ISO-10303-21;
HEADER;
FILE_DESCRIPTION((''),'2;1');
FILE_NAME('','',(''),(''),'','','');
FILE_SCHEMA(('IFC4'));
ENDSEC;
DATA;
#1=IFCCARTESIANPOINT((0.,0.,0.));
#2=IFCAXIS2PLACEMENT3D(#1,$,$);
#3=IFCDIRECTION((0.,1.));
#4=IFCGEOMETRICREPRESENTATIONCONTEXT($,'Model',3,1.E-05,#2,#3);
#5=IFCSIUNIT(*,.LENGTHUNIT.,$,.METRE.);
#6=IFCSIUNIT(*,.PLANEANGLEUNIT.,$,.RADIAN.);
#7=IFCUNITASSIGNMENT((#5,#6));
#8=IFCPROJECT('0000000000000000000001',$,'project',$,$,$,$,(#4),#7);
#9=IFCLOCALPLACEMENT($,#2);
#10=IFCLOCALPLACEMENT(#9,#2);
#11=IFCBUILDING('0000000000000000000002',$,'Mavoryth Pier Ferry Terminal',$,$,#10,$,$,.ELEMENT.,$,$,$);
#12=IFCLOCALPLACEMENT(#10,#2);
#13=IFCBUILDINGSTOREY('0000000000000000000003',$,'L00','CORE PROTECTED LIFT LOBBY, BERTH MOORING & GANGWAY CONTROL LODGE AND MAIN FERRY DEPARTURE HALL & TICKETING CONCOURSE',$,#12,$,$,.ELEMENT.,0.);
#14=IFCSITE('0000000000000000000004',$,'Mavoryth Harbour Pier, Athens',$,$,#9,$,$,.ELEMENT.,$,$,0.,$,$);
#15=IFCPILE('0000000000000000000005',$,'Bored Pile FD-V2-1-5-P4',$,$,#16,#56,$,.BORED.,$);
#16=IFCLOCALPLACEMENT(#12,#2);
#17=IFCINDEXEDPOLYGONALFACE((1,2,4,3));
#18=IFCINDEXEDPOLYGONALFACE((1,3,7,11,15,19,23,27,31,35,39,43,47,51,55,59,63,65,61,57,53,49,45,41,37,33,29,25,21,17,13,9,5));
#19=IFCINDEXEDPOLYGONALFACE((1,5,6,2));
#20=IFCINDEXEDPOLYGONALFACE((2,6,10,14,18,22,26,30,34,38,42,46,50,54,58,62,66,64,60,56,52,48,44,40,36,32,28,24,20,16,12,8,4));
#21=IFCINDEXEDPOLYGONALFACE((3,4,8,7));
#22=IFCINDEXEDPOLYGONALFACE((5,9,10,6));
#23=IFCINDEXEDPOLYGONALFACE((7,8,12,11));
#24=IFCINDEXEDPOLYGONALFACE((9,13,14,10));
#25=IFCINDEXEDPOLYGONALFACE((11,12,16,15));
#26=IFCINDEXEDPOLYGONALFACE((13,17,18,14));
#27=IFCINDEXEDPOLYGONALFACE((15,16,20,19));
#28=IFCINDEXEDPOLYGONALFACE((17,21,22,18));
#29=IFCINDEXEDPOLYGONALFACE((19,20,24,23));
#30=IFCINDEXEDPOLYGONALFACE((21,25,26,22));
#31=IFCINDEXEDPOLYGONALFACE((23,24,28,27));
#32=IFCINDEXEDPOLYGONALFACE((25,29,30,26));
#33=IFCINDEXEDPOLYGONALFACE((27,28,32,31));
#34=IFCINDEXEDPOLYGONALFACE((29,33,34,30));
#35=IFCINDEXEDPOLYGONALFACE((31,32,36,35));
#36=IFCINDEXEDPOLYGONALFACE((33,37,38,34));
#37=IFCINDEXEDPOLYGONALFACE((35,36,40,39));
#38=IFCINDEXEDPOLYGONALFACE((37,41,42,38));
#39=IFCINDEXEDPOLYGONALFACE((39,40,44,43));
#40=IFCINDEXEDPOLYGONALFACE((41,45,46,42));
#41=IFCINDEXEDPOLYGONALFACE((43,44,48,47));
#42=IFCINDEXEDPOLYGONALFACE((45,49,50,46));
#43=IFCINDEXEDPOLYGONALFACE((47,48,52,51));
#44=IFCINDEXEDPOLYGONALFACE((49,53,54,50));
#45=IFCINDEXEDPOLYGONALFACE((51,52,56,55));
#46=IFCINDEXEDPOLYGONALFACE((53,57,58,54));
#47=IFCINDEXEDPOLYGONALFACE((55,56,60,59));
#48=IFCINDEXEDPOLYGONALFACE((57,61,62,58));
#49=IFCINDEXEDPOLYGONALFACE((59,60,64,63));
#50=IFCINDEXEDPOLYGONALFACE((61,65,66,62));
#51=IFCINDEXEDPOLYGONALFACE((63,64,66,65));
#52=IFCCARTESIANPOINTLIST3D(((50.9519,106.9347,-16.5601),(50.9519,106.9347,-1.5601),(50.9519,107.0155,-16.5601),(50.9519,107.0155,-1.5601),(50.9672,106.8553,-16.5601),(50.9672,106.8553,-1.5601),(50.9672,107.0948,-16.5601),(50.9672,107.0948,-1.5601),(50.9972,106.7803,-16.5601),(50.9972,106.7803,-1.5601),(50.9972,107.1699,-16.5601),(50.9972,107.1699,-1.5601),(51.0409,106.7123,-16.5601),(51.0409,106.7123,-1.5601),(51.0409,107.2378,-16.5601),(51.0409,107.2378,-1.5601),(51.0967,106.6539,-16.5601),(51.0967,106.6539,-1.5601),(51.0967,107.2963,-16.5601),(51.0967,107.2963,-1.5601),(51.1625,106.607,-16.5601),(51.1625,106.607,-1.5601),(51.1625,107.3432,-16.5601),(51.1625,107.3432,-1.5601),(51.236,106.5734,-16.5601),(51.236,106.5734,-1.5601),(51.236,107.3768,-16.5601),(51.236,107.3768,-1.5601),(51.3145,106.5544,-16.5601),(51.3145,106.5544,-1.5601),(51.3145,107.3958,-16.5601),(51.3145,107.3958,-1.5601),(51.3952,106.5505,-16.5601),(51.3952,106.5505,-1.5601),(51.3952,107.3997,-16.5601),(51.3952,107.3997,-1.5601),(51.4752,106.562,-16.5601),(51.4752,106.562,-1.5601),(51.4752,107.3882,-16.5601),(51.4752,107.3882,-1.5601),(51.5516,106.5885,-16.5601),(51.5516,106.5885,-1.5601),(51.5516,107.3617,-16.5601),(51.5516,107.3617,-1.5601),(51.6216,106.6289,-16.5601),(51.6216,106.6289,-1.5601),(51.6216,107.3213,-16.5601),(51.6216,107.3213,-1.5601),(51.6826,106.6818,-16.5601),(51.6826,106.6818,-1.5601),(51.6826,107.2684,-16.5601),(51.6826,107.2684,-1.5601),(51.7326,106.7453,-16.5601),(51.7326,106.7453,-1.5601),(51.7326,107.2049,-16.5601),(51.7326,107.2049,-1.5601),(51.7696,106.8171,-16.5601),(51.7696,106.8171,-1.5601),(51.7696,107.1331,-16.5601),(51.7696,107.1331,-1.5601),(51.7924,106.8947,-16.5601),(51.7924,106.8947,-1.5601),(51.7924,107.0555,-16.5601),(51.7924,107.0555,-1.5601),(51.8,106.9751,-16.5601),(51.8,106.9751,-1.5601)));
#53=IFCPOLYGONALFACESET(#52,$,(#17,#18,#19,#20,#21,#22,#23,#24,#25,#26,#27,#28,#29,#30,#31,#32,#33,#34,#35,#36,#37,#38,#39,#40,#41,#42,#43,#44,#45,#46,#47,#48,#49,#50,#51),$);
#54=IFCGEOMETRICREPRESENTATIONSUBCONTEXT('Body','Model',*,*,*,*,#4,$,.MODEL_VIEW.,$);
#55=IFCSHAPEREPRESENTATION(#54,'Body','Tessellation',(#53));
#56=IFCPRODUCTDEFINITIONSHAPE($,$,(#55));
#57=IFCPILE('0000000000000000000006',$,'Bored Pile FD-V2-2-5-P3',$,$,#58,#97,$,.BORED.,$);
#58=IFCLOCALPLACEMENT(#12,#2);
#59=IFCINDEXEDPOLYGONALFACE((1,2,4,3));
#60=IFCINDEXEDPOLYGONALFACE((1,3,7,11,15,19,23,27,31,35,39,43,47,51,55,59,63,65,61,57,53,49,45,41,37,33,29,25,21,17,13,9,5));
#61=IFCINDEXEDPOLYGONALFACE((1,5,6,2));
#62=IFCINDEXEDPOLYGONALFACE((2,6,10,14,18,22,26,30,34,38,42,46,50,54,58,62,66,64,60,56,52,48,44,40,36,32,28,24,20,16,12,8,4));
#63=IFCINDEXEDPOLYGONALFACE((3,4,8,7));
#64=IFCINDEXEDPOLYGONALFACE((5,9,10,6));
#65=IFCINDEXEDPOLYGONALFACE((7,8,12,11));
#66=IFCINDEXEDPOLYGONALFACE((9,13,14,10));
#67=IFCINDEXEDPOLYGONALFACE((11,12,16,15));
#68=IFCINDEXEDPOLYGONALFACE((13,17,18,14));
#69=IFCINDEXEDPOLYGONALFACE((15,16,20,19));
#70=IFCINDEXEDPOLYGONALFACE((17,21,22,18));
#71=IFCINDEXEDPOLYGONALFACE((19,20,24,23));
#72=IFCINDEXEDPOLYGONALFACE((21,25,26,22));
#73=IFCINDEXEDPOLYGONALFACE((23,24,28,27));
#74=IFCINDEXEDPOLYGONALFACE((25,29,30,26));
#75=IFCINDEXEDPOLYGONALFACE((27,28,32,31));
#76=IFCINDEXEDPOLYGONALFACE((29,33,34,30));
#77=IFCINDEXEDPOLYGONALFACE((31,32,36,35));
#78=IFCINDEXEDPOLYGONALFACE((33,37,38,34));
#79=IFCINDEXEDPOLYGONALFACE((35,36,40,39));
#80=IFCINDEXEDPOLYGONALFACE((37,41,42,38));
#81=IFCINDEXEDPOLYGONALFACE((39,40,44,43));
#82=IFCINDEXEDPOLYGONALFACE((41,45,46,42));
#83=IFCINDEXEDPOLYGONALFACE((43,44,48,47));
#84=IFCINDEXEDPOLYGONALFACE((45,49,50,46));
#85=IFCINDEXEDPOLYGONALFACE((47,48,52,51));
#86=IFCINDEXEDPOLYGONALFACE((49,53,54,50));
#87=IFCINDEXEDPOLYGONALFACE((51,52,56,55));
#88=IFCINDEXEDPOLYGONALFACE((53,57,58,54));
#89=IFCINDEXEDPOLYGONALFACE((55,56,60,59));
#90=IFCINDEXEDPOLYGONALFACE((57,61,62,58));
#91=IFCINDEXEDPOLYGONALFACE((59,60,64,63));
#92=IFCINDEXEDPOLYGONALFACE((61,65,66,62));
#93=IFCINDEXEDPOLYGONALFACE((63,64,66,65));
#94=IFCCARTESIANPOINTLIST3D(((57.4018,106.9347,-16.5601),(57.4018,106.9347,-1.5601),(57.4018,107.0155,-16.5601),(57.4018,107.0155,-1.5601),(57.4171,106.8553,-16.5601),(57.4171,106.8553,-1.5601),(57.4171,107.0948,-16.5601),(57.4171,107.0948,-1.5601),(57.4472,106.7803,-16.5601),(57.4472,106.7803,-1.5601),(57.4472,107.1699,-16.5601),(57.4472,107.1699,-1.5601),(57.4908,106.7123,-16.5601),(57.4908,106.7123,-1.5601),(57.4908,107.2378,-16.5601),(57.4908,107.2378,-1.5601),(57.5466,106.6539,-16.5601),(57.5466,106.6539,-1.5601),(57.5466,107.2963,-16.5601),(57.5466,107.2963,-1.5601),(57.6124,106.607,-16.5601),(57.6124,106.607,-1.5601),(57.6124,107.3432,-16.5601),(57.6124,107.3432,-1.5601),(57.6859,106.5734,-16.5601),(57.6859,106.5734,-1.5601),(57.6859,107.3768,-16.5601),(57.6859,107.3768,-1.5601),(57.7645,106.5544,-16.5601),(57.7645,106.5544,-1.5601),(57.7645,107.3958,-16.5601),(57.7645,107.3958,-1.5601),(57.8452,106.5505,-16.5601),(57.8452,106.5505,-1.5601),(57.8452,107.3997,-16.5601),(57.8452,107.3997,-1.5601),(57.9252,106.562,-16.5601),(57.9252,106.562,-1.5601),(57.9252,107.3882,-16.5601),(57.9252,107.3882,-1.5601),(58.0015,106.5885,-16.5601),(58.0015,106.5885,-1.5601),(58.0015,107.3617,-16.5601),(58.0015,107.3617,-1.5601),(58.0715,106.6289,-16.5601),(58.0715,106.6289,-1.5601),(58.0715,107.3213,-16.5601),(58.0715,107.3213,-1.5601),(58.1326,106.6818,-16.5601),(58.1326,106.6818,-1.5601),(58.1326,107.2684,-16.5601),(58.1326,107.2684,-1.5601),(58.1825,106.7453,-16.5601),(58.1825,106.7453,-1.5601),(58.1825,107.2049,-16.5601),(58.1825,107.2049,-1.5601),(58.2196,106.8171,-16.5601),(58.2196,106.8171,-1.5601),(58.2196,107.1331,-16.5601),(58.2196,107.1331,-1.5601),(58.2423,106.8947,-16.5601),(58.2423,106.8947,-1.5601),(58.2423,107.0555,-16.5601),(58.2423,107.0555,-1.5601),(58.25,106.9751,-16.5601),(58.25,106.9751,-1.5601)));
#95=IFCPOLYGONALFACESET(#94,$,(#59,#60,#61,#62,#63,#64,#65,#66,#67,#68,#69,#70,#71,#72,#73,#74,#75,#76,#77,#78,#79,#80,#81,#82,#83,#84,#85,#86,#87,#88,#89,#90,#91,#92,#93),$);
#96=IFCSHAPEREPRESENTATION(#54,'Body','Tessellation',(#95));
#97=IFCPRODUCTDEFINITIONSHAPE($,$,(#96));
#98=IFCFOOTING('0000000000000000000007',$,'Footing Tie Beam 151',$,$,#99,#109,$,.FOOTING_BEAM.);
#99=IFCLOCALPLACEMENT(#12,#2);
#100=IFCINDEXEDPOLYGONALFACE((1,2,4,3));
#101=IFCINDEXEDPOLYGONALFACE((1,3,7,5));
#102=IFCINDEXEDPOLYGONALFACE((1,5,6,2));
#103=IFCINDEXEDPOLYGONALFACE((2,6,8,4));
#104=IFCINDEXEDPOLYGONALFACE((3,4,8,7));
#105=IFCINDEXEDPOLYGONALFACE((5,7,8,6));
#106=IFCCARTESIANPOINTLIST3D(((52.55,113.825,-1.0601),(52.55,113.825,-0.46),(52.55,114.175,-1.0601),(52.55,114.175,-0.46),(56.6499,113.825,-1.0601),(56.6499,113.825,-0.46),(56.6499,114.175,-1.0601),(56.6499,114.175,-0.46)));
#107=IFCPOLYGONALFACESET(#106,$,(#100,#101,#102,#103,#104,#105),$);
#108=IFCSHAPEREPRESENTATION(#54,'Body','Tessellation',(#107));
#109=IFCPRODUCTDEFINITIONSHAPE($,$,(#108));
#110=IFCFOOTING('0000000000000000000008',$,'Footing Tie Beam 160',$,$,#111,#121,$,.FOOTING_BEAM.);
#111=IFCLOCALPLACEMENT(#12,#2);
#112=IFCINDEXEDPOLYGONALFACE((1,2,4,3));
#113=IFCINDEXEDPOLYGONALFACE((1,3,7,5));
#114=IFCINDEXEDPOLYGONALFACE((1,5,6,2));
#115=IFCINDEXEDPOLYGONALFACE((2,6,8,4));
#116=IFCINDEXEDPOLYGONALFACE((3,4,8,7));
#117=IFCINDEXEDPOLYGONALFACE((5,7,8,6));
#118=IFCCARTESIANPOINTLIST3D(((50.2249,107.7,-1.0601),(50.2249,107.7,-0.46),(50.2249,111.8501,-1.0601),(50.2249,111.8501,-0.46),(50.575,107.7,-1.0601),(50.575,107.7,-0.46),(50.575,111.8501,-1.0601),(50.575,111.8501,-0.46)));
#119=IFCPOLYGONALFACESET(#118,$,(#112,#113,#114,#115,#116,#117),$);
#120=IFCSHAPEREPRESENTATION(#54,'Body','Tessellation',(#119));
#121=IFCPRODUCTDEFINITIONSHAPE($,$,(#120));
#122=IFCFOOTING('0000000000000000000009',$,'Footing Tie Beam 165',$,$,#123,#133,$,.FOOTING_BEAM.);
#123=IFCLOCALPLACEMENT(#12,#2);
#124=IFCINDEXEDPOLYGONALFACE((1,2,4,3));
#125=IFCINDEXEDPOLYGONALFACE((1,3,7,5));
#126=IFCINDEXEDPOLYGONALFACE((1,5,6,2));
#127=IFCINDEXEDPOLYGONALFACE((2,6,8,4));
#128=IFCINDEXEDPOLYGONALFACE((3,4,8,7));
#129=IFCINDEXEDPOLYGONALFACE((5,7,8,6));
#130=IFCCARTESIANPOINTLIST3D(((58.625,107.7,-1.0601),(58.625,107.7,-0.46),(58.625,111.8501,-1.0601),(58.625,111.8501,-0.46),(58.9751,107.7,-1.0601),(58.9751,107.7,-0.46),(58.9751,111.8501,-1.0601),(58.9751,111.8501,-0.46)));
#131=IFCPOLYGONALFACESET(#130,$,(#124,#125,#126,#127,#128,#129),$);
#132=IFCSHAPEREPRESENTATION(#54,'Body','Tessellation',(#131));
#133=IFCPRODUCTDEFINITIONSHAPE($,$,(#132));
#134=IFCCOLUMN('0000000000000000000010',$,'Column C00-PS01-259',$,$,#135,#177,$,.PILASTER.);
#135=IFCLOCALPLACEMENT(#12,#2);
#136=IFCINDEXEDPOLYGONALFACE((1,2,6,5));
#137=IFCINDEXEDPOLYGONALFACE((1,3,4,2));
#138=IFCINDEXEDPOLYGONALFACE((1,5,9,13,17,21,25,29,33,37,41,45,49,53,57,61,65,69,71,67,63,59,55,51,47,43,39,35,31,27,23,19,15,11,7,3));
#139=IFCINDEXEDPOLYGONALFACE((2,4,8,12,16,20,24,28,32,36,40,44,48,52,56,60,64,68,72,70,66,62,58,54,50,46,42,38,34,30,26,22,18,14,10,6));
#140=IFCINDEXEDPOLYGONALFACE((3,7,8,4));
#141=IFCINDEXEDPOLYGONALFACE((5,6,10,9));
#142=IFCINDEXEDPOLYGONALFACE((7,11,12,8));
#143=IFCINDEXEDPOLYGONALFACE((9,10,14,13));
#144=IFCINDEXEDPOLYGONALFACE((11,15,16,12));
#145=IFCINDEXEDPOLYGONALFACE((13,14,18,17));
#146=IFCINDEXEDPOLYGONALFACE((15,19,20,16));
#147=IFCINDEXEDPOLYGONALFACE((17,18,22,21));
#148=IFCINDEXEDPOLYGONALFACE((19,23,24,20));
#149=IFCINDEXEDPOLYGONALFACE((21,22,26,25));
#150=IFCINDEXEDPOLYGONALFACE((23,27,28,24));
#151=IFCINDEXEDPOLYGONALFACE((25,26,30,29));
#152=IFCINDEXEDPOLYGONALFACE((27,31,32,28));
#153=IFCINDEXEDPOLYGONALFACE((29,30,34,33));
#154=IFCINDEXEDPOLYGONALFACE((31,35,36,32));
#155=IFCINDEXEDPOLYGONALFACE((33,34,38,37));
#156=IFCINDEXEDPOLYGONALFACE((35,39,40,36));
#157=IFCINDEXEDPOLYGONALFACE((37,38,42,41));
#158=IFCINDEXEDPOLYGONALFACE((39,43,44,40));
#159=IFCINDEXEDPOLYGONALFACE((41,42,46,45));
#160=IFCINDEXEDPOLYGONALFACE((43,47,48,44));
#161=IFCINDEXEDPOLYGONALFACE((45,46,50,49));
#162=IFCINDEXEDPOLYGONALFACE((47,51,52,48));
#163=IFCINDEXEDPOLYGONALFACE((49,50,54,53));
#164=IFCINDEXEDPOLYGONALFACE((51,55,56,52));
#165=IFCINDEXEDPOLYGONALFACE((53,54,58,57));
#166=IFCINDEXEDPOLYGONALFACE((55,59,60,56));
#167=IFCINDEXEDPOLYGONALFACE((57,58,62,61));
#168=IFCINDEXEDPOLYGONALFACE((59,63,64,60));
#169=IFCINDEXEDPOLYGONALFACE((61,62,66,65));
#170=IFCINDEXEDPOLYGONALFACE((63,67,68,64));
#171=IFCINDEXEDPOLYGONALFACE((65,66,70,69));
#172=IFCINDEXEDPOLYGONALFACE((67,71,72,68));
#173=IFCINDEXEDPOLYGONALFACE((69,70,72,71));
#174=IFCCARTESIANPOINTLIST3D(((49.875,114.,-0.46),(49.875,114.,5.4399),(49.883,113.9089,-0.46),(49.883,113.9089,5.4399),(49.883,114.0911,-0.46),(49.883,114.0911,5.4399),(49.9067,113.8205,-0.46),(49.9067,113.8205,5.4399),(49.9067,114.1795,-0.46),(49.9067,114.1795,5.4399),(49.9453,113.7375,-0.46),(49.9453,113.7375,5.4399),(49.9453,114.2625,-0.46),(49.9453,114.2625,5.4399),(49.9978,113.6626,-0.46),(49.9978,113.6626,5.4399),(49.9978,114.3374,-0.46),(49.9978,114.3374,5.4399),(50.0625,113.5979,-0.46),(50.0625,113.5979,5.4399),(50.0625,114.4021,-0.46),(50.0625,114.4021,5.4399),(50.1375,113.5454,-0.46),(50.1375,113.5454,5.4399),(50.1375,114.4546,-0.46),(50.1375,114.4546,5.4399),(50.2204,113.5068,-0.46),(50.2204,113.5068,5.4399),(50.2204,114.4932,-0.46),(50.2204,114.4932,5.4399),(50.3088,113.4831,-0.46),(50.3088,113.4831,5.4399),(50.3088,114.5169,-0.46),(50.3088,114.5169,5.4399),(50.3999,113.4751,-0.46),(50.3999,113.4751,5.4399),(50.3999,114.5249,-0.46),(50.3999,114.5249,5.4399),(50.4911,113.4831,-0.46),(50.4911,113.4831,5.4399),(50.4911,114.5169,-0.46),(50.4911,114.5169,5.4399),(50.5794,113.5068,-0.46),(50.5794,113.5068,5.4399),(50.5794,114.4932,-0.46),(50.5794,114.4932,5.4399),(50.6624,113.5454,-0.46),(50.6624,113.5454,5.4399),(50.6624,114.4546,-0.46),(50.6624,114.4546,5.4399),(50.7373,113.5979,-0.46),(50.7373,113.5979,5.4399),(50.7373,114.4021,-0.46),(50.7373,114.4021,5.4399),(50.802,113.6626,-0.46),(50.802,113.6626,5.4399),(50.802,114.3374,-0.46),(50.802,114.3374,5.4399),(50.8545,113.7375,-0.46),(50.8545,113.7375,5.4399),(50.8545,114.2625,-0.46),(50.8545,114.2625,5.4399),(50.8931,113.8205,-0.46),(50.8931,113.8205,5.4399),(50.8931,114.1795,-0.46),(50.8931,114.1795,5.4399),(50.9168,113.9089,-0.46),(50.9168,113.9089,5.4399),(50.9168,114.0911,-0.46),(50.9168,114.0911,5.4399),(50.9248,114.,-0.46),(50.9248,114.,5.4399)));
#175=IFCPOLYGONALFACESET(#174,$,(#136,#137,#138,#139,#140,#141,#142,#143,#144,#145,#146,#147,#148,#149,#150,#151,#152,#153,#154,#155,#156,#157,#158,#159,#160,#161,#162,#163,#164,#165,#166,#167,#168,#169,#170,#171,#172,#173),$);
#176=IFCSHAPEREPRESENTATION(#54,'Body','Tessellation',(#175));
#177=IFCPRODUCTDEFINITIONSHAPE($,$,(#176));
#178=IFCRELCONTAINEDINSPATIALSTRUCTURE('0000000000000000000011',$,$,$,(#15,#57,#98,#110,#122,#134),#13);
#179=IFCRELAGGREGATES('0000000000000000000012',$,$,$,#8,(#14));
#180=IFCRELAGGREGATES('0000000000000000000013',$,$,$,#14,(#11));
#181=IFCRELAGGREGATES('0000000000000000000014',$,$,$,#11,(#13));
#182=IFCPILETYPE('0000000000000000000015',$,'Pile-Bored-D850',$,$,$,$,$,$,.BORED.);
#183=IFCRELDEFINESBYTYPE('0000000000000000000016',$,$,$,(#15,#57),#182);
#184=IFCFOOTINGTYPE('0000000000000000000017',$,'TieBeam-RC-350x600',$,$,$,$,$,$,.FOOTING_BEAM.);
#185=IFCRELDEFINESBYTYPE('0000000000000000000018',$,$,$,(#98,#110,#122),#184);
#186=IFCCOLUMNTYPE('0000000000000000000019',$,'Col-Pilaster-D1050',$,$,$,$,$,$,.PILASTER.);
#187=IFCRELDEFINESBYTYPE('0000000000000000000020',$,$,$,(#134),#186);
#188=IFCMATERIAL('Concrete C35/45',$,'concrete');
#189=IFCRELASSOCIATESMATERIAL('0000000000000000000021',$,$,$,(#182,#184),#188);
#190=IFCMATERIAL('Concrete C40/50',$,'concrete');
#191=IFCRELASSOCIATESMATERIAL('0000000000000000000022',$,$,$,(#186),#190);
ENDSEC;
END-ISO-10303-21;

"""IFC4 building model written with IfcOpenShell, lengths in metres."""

from ifc_helpers import new_model, si_unit, direction, frame, origin, origin_2d, place, context, subcontext, project, spatial, rectangle, circle, extrude, material, material_profile, profile_set, type_object, element, save


model = new_model("IFC4")

# Units and contexts
model_context = context("Model", 3, precision=1e-05, world=origin(), true_north=direction((0.0, 1.0)))
body_context = subcontext(model_context, "Body", "Model", "MODEL_VIEW")
ifc_project = project(units=[si_unit("LENGTHUNIT", "METRE"), si_unit("PLANEANGLEUNIT", "RADIAN")], contexts=[model_context])

# Site, building, storey
site_placement = place(None, origin())
site = spatial("IfcSite", under=ifc_project, at=site_placement, Name="Mavoryth Harbour Pier, Athens", CompositionType="ELEMENT", RefElevation=0.0)
building_placement = place(site_placement, origin())
building = spatial("IfcBuilding", under=site, at=building_placement, Name="Mavoryth Pier Ferry Terminal", CompositionType="ELEMENT")
storey_placement = place(building_placement, origin())
storey = spatial("IfcBuildingStorey", under=building, at=storey_placement, Name="L00", Description="CORE PROTECTED LIFT LOBBY, BERTH MOORING & GANGWAY CONTROL LODGE AND MAIN FERRY DEPARTURE HALL & TICKETING CONCOURSE", CompositionType="ELEMENT", Elevation=0.0)

# Shared definitions
ifc_material_1 = material(Name="Concrete C35/45", Category="concrete")

# Piles
ifc_material_profile_1 = material_profile(ifc_material_1, circle(Radius=0.425, at=origin_2d()), Name="PILE D850", Category="concrete")
ifc_profile_set_1 = profile_set([ifc_material_profile_1], Name="Concrete C35/45 - PILE D850")
pile_type_1 = type_object("IfcPileType", Name="Pile-Bored-D850", PredefinedType="BORED", material=ifc_profile_set_1)
for number, where, z_axis, x_axis, name in (
    (1, (51.375, 106.9751, -1.5601), (0.0, 0.0, -1.0), (1.0, 0.0, 0.0), "Bored Pile FD-V2-1-5-P4"),
    (2, (57.825, 106.9751, -1.5601), (0.0, 0.0, -1.0), (1.0, 0.0, 0.0), "Bored Pile FD-V2-2-5-P3"),
):
    element("IfcPile", number, at=place(storey_placement, frame(where, z_axis=z_axis, x_axis=x_axis)), inside=storey, type_object=pile_type_1, Name=name, PredefinedType="BORED", context=body_context, shape_type="SweptSolid", body=[
        extrude(circle(Radius=0.425, at=origin_2d()), origin(), (0.0, 0.0, 1.0), 15.0),
    ])

# Footings
ifc_material_profile_2 = material_profile(ifc_material_1, rectangle(XDim=0.3501, YDim=0.6001, at=origin_2d()), Name="RC 350x600", Category="concrete")
ifc_profile_set_2 = profile_set([ifc_material_profile_2], Name="Concrete C35/45 - RC 350x600")
footing_type_1 = type_object("IfcFootingType", Name="TieBeam-RC-350x600", PredefinedType="FOOTING_BEAM", material=ifc_profile_set_2)
footing_1_placement = place(storey_placement, frame((52.55, 114.0, -0.76), z_axis=(1.0, 0.0, 0.0), x_axis=(0.0, 1.0, 0.0)))
element("IfcFooting", 3, at=footing_1_placement, inside=storey, type_object=footing_type_1, Name="Footing Tie Beam 151", PredefinedType="FOOTING_BEAM", context=body_context, shape_type="SweptSolid", body=[
    extrude(rectangle(XDim=0.3501, YDim=0.6001, at=origin_2d()), origin(), (0.0, 0.0, 1.0), 4.0999),
])
for number, where, z_axis, x_axis, name in (
    (4, (50.3999, 107.7, -0.76), (0.0, 1.0, 0.0), (-1.0, 0.0, 0.0), "Footing Tie Beam 160"),
    (5, (58.8, 107.7, -0.76), (0.0, 1.0, 0.0), (-1.0, 0.0, 0.0), "Footing Tie Beam 165"),
):
    element("IfcFooting", number, at=place(storey_placement, frame(where, z_axis=z_axis, x_axis=x_axis)), inside=storey, type_object=footing_type_1, Name=name, PredefinedType="FOOTING_BEAM", context=body_context, shape_type="SweptSolid", body=[
        extrude(rectangle(XDim=0.3501, YDim=0.6001, at=origin_2d()), origin(), (0.0, 0.0, 1.0), 4.1501),
    ])

# Column
ifc_material_2 = material(Name="Concrete C40/50", Category="concrete")
ifc_material_profile_3 = material_profile(ifc_material_2, circle(Radius=0.5249, at=origin_2d()), Name="RC D1050", Category="concrete")
ifc_profile_set_3 = profile_set([ifc_material_profile_3], Name="Concrete C40/50 - RC D1050")
column_type_1 = type_object("IfcColumnType", Name="Col-Pilaster-D1050", PredefinedType="PILASTER", material=ifc_profile_set_3)
for number, where, z_axis, x_axis, name in (
    (6, (50.3999, 114.0, -0.46), (0.0, 0.0, 1.0), (1.0, 0.0, 0.0), "Column C00-PS01-259"),
):
    element("IfcColumn", number, at=place(storey_placement, frame(where, z_axis=z_axis, x_axis=x_axis)), inside=storey, type_object=column_type_1, Name=name, PredefinedType="PILASTER", context=body_context, shape_type="SweptSolid", body=[
        extrude(circle(Radius=0.5249, at=origin_2d()), origin(), (0.0, 0.0, 1.0), 5.8999),
    ])

save(model, "model.ifc")
